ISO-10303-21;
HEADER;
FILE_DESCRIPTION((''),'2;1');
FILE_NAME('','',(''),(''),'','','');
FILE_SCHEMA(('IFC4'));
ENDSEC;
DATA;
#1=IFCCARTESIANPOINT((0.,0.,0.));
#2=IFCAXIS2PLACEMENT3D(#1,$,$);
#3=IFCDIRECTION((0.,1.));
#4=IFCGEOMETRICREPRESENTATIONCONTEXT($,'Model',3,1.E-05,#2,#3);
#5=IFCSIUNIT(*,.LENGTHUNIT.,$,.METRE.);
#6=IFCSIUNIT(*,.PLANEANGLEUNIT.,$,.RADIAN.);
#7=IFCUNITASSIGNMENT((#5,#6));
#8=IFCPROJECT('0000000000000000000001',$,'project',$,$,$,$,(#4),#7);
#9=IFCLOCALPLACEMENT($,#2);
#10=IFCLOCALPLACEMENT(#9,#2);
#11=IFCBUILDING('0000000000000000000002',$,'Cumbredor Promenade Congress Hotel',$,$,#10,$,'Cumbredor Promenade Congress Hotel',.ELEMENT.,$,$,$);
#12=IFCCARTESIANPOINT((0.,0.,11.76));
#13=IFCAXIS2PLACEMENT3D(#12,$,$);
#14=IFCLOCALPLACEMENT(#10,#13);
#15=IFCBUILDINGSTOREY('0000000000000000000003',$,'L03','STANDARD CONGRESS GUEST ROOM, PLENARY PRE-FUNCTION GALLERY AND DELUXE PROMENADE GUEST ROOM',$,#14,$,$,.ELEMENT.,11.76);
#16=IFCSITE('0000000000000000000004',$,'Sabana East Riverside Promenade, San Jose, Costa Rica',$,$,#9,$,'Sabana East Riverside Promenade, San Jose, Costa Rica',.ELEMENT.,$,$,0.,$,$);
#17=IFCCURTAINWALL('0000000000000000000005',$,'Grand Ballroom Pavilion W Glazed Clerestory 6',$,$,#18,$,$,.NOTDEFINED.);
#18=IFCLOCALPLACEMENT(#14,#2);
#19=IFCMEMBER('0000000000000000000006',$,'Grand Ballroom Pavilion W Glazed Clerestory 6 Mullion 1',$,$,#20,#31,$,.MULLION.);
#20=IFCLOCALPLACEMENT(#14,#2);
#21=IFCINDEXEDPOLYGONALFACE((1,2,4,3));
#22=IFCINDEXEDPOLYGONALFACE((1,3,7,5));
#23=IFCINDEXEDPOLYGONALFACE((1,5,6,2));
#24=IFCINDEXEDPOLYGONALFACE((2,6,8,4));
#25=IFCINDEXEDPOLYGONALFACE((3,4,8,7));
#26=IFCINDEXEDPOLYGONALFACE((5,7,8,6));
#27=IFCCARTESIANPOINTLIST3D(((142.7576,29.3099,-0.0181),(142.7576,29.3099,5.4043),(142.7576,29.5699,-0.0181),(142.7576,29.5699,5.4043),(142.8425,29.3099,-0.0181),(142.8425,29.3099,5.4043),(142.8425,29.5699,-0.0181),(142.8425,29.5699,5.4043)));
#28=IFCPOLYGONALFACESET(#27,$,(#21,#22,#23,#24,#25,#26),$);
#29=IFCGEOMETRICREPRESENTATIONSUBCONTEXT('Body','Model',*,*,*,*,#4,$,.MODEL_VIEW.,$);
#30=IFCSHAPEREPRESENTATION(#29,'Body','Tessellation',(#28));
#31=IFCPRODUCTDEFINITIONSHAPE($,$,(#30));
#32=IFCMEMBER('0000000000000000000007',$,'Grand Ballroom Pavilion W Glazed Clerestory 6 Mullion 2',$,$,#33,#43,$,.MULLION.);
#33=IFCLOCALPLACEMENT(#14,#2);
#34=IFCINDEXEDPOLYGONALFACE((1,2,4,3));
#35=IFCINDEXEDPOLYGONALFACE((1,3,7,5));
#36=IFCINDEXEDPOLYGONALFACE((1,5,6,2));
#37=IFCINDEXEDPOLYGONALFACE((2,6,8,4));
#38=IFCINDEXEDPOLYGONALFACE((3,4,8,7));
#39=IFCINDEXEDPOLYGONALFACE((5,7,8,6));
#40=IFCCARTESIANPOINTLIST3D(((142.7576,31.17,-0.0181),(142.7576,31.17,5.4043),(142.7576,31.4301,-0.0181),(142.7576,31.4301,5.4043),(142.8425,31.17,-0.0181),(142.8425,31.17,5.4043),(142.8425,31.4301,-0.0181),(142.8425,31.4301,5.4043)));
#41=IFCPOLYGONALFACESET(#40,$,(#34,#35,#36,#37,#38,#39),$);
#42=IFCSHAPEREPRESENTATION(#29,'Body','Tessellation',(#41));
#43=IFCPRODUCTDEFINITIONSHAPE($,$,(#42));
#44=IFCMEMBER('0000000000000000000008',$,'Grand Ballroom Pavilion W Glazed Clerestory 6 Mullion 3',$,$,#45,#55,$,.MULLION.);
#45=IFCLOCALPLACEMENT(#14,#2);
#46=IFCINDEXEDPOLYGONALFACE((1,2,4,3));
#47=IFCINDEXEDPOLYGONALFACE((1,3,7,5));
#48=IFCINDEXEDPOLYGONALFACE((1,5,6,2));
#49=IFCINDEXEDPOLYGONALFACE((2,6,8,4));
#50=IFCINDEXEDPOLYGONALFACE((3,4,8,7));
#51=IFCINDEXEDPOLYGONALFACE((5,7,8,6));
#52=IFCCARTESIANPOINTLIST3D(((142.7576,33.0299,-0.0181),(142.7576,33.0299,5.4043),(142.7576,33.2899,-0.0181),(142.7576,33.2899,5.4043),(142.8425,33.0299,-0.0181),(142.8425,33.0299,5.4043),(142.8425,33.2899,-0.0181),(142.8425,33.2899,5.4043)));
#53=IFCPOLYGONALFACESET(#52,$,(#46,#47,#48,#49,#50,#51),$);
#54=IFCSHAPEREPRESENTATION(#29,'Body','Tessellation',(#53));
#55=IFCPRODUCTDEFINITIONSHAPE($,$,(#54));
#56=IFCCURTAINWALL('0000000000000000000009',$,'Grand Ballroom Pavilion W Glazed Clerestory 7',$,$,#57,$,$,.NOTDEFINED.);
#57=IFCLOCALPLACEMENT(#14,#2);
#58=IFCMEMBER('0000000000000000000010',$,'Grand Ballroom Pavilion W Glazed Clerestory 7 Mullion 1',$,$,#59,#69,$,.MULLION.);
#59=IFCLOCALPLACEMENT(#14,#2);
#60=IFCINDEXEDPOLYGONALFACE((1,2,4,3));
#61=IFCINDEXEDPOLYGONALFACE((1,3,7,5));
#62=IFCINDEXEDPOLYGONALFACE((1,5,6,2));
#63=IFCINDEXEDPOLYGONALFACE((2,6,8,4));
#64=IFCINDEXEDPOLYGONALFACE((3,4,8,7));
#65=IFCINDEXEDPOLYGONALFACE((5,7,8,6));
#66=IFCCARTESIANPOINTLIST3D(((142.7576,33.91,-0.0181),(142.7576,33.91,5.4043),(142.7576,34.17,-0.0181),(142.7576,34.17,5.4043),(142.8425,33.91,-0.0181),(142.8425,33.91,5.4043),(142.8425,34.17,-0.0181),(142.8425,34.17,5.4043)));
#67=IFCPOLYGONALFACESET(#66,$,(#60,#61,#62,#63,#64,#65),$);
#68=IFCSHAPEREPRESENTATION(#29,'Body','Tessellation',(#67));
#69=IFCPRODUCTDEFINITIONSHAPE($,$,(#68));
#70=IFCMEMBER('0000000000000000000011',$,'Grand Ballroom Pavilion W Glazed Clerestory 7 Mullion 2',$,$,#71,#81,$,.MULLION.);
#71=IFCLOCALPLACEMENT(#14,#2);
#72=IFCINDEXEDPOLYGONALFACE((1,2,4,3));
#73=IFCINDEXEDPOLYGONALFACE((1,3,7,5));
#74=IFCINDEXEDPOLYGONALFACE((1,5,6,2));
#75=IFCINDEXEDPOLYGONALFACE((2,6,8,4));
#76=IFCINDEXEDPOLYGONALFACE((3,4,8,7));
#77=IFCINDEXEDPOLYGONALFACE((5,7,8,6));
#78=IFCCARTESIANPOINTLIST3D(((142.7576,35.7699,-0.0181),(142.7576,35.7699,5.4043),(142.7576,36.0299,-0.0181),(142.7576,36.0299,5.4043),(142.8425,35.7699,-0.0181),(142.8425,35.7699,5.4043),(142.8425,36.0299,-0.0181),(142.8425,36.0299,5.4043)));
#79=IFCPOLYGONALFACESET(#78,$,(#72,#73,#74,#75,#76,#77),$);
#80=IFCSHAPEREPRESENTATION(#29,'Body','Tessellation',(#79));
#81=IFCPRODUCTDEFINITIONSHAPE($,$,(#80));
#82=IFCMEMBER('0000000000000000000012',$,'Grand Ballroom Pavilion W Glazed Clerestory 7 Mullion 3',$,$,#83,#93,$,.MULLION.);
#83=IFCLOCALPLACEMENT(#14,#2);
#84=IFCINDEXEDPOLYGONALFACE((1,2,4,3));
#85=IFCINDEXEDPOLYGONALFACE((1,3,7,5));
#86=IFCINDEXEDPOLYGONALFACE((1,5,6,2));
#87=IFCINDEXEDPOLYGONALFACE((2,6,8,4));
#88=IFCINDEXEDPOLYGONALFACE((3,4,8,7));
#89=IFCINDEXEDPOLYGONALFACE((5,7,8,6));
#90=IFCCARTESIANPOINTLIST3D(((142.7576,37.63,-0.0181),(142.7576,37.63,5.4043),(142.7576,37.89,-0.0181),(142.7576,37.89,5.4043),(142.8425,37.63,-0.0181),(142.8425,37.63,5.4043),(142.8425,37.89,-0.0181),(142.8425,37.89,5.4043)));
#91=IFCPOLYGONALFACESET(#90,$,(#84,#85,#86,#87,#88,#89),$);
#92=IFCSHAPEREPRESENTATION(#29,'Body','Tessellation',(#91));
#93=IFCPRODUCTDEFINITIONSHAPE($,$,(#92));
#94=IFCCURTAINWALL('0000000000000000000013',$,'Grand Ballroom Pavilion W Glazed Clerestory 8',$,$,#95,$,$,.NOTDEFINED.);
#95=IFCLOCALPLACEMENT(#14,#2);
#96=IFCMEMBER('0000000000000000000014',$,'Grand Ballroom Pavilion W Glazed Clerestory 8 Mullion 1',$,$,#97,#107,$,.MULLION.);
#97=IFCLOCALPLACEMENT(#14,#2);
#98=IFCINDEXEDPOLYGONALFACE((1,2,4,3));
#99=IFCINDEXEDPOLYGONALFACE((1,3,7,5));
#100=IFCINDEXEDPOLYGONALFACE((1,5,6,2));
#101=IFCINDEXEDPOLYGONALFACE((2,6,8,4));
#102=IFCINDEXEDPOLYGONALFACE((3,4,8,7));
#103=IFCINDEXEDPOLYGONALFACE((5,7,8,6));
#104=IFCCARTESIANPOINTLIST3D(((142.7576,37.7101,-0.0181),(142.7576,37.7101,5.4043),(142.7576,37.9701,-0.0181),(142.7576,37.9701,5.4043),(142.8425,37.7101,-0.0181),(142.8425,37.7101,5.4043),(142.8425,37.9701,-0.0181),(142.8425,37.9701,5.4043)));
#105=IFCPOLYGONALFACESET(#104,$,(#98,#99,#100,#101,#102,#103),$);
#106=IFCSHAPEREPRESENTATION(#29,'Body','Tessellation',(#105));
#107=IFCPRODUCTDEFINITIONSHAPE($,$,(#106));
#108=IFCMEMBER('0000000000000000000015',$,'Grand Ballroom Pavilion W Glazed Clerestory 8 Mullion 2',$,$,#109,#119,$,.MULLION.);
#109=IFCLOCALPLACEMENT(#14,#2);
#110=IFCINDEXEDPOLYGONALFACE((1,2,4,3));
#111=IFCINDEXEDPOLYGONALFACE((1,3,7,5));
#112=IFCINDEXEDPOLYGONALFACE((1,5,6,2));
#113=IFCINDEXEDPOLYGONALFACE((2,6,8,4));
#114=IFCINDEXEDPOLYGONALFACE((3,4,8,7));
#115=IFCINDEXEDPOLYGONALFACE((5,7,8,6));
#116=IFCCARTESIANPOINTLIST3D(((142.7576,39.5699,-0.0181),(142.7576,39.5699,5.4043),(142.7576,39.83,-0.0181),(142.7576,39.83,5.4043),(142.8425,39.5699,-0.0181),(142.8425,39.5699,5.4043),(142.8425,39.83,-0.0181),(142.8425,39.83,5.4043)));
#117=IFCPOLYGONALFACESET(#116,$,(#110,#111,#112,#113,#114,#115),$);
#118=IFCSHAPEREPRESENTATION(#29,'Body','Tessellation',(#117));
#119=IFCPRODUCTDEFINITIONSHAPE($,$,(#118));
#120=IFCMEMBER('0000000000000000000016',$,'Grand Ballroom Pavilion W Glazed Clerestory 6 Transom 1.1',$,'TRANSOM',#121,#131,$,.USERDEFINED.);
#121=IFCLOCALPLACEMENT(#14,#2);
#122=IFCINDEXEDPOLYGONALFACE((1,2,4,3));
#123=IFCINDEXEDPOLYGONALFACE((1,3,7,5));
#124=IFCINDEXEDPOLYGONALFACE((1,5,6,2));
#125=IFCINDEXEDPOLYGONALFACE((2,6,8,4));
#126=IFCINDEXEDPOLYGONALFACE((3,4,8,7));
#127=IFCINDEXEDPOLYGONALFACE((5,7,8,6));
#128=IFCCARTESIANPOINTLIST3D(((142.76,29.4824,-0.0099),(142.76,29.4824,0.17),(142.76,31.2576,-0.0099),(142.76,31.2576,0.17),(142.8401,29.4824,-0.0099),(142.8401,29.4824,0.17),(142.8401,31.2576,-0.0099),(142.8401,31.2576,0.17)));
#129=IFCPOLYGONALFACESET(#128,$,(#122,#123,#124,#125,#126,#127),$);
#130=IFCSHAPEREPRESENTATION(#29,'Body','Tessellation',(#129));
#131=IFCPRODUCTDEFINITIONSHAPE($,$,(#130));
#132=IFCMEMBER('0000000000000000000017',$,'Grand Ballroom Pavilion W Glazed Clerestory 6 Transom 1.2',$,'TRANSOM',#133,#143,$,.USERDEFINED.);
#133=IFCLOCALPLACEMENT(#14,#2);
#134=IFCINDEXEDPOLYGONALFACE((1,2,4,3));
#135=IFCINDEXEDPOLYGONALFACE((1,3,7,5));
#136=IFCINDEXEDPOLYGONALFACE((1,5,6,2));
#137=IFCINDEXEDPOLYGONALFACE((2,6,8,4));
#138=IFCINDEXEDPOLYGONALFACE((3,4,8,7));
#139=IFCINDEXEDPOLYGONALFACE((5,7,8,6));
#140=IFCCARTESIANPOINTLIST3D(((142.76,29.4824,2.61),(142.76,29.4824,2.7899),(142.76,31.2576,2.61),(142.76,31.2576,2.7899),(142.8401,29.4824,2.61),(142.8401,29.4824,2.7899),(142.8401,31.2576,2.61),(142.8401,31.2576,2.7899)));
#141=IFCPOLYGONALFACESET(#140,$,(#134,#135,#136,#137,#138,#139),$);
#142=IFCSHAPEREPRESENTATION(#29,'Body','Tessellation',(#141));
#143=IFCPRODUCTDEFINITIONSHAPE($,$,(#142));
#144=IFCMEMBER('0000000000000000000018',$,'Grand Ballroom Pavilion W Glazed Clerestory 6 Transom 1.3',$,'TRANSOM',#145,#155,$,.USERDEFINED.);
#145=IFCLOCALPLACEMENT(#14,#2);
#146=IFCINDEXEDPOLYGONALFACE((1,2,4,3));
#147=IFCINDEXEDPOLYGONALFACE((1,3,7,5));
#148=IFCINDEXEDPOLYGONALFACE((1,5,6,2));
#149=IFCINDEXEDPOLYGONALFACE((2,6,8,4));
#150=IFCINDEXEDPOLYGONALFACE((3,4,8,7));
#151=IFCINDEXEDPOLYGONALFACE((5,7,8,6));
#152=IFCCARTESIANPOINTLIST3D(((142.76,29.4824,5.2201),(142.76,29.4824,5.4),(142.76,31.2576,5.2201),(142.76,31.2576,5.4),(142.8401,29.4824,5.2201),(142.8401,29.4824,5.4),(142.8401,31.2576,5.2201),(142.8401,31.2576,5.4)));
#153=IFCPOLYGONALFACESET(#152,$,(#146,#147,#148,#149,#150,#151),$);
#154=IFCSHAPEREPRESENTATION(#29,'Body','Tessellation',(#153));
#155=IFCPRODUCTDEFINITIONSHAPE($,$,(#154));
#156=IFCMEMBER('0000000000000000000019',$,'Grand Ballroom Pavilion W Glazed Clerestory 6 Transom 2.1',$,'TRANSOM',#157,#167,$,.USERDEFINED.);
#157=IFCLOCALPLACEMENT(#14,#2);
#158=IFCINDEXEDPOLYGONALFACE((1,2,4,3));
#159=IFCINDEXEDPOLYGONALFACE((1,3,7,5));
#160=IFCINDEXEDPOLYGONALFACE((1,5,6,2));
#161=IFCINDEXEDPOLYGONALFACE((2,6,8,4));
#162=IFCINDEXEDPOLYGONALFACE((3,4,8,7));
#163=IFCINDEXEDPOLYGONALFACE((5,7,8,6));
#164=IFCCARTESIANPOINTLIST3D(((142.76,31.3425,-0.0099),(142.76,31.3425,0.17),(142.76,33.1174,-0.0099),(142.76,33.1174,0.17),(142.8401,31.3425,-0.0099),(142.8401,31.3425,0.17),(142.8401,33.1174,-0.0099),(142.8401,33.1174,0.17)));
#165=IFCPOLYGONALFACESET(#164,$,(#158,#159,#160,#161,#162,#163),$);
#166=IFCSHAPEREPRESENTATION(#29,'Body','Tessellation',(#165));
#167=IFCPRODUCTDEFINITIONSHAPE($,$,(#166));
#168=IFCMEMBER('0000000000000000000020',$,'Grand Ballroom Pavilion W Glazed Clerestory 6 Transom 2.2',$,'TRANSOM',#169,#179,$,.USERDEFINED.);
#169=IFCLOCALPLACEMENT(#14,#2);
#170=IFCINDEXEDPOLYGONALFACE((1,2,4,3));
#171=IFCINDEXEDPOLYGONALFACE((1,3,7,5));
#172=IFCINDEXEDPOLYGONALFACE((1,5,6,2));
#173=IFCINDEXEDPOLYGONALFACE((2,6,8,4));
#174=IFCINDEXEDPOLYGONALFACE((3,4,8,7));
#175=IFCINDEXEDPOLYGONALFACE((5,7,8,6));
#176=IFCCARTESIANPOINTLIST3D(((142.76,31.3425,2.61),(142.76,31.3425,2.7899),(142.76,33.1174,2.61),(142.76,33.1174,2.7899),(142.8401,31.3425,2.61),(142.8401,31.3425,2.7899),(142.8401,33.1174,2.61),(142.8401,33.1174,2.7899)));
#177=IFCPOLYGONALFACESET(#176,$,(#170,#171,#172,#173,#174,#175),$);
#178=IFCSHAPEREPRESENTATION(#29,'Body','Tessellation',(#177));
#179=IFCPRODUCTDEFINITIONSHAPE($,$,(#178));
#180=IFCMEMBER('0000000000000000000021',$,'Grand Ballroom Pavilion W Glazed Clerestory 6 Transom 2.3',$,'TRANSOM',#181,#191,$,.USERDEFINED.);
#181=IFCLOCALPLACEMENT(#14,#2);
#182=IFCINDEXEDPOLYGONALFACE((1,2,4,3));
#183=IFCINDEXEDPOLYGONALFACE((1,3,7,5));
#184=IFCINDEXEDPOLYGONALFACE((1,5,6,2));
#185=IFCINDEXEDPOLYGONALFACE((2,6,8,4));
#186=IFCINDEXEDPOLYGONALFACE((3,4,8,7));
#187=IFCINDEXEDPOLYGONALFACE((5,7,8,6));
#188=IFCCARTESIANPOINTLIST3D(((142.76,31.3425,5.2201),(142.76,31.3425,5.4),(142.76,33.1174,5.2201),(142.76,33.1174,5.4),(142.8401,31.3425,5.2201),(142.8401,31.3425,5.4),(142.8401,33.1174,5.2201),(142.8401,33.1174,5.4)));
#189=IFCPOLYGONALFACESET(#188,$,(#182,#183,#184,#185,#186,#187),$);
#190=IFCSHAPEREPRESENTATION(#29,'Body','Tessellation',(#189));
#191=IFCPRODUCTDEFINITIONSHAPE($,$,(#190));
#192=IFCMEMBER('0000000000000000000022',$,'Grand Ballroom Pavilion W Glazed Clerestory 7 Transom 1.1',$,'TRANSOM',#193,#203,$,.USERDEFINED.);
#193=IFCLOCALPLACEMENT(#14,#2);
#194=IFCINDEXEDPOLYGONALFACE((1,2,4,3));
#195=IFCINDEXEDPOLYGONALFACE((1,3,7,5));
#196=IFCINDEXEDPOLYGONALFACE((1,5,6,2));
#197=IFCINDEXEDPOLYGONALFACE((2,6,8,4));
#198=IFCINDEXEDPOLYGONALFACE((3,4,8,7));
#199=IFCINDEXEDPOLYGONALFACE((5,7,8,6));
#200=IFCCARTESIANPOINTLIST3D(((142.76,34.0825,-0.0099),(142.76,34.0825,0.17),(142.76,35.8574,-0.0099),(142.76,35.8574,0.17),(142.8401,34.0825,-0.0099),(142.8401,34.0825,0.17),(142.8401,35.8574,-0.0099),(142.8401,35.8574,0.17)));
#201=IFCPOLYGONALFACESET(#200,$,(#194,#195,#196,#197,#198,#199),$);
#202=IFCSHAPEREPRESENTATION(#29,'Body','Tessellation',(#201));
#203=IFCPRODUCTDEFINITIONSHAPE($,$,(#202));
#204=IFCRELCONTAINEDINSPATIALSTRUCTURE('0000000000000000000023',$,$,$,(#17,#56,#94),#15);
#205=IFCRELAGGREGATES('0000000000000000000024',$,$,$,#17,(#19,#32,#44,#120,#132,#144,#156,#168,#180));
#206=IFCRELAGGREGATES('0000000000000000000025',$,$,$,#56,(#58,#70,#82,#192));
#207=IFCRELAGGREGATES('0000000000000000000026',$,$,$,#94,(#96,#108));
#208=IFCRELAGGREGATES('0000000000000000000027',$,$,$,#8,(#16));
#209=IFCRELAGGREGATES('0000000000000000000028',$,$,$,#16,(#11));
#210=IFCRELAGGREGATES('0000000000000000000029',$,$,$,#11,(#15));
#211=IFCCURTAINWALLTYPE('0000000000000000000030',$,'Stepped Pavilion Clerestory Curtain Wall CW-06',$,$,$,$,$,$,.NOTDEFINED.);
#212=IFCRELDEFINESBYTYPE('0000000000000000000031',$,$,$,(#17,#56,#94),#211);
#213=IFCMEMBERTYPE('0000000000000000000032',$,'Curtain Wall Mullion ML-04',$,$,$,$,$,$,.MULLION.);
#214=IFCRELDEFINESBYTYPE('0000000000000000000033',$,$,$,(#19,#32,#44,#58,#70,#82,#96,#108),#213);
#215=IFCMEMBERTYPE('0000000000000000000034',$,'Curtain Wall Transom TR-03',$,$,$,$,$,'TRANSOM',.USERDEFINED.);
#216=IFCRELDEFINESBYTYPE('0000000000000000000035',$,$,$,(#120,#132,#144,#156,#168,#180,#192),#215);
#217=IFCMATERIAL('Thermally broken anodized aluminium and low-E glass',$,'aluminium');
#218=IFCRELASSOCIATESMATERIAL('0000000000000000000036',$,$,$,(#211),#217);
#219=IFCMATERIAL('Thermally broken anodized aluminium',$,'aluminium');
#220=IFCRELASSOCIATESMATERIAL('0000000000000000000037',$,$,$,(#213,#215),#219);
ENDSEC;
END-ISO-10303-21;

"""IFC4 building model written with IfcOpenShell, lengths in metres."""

from ifc_helpers import new_model, si_unit, direction, frame, origin, origin_2d, place, context, subcontext, project, spatial, rectangle, extrude, material, material_profile, profile_set, type_object, element, aggregate, save


model = new_model("IFC4")

# Units and contexts
model_context = context("Model", 3, precision=1e-05, world=origin(), true_north=direction((0.0, 1.0)))
body_context = subcontext(model_context, "Body", "Model", "MODEL_VIEW")
ifc_project = project(units=[si_unit("LENGTHUNIT", "METRE"), si_unit("PLANEANGLEUNIT", "RADIAN")], contexts=[model_context])

# Site, building, storey
site_placement = place(None, origin())
site = spatial("IfcSite", under=ifc_project, at=site_placement, Name="Sabana East Riverside Promenade, San Jose, Costa Rica", LongName="Sabana East Riverside Promenade, San Jose, Costa Rica", CompositionType="ELEMENT", RefElevation=0.0)
building_placement = place(site_placement, origin())
building = spatial("IfcBuilding", under=site, at=building_placement, Name="Cumbredor Promenade Congress Hotel", LongName="Cumbredor Promenade Congress Hotel", CompositionType="ELEMENT")
storey_placement = place(building_placement, frame((0.0, 0.0, 11.76)))
storey = spatial("IfcBuildingStorey", under=building, at=storey_placement, Name="L03", Description="STANDARD CONGRESS GUEST ROOM, PLENARY PRE-FUNCTION GALLERY AND DELUXE PROMENADE GUEST ROOM", CompositionType="ELEMENT", Elevation=11.76)

# Curtain walls, members
ifc_material_1 = material(Name="Thermally broken anodized aluminium and low-E glass", Category="aluminium")
curtain_wall_type = type_object("IfcCurtainWallType", Name="Stepped Pavilion Clerestory Curtain Wall CW-06", PredefinedType="NOTDEFINED", material=ifc_material_1)
curtain_wall_1_placement = place(storey_placement, origin())
curtain_wall_1 = element("IfcCurtainWall", 1, at=curtain_wall_1_placement, inside=storey, type_object=curtain_wall_type, Name="Grand Ballroom Pavilion W Glazed Clerestory 6", PredefinedType="NOTDEFINED")
ifc_material_2 = material(Name="Thermally broken anodized aluminium", Category="aluminium")
ifc_material_profile_1 = material_profile(ifc_material_2, rectangle(XDim=0.085, YDim=0.26, at=origin_2d()), Name="ALU MULLION CLERESTORY 85x260")
ifc_profile_set_1 = profile_set([ifc_material_profile_1], Name="Thermally broken anodized aluminium")
member_type_1 = type_object("IfcMemberType", Name="Curtain Wall Mullion ML-04", PredefinedType="MULLION", material=ifc_profile_set_1)
member_1_placement = place(storey_placement, frame((142.8, 29.4399, -0.0181), z_axis=(0.0, 0.0, 1.0), x_axis=(1.0, 0.0, 0.0)))
member_1 = element("IfcMember", 2, at=member_1_placement, type_object=member_type_1, Name="Grand Ballroom Pavilion W Glazed Clerestory 6 Mullion 1", PredefinedType="MULLION", context=body_context, shape_type="SweptSolid", body=[
    extrude(rectangle(XDim=0.085, YDim=0.26, at=origin_2d()), origin(), (0.0, 0.0, 1.0), 5.4224),
])
member_2_placement = place(storey_placement, frame((142.8, 31.3, -0.0181), z_axis=(0.0, 0.0, 1.0), x_axis=(1.0, 0.0, 0.0)))
member_2 = element("IfcMember", 3, at=member_2_placement, type_object=member_type_1, Name="Grand Ballroom Pavilion W Glazed Clerestory 6 Mullion 2", PredefinedType="MULLION", context=body_context, shape_type="SweptSolid", body=[
    extrude(rectangle(XDim=0.085, YDim=0.26, at=origin_2d()), origin(), (0.0, 0.0, 1.0), 5.4224),
])
member_3_placement = place(storey_placement, frame((142.8, 33.1599, -0.0181), z_axis=(0.0, 0.0, 1.0), x_axis=(1.0, 0.0, 0.0)))
member_3 = element("IfcMember", 4, at=member_3_placement, type_object=member_type_1, Name="Grand Ballroom Pavilion W Glazed Clerestory 6 Mullion 3", PredefinedType="MULLION", context=body_context, shape_type="SweptSolid", body=[
    extrude(rectangle(XDim=0.085, YDim=0.26, at=origin_2d()), origin(), (0.0, 0.0, 1.0), 5.4224),
])
curtain_wall_2_placement = place(storey_placement, origin())
curtain_wall_2 = element("IfcCurtainWall", 5, at=curtain_wall_2_placement, inside=storey, type_object=curtain_wall_type, Name="Grand Ballroom Pavilion W Glazed Clerestory 7", PredefinedType="NOTDEFINED")
member_4_placement = place(storey_placement, frame((142.8, 34.04, -0.0181), z_axis=(0.0, 0.0, 1.0), x_axis=(1.0, 0.0, 0.0)))
member_4 = element("IfcMember", 6, at=member_4_placement, type_object=member_type_1, Name="Grand Ballroom Pavilion W Glazed Clerestory 7 Mullion 1", PredefinedType="MULLION", context=body_context, shape_type="SweptSolid", body=[
    extrude(rectangle(XDim=0.085, YDim=0.26, at=origin_2d()), origin(), (0.0, 0.0, 1.0), 5.4224),
])
member_5_placement = place(storey_placement, frame((142.8, 35.8999, -0.0181), z_axis=(0.0, 0.0, 1.0), x_axis=(1.0, 0.0, 0.0)))
member_5 = element("IfcMember", 7, at=member_5_placement, type_object=member_type_1, Name="Grand Ballroom Pavilion W Glazed Clerestory 7 Mullion 2", PredefinedType="MULLION", context=body_context, shape_type="SweptSolid", body=[
    extrude(rectangle(XDim=0.085, YDim=0.26, at=origin_2d()), origin(), (0.0, 0.0, 1.0), 5.4224),
])
member_6_placement = place(storey_placement, frame((142.8, 37.76, -0.0181), z_axis=(0.0, 0.0, 1.0), x_axis=(1.0, 0.0, 0.0)))
member_6 = element("IfcMember", 8, at=member_6_placement, type_object=member_type_1, Name="Grand Ballroom Pavilion W Glazed Clerestory 7 Mullion 3", PredefinedType="MULLION", context=body_context, shape_type="SweptSolid", body=[
    extrude(rectangle(XDim=0.085, YDim=0.26, at=origin_2d()), origin(), (0.0, 0.0, 1.0), 5.4224),
])
curtain_wall_3_placement = place(storey_placement, origin())
curtain_wall_3 = element("IfcCurtainWall", 9, at=curtain_wall_3_placement, inside=storey, type_object=curtain_wall_type, Name="Grand Ballroom Pavilion W Glazed Clerestory 8", PredefinedType="NOTDEFINED")
member_7_placement = place(storey_placement, frame((142.8, 37.8401, -0.0181), z_axis=(0.0, 0.0, 1.0), x_axis=(1.0, 0.0, 0.0)))
member_7 = element("IfcMember", 10, at=member_7_placement, type_object=member_type_1, Name="Grand Ballroom Pavilion W Glazed Clerestory 8 Mullion 1", PredefinedType="MULLION", context=body_context, shape_type="SweptSolid", body=[
    extrude(rectangle(XDim=0.085, YDim=0.26, at=origin_2d()), origin(), (0.0, 0.0, 1.0), 5.4224),
])
member_8_placement = place(storey_placement, frame((142.8, 39.7, -0.0181), z_axis=(0.0, 0.0, 1.0), x_axis=(1.0, 0.0, 0.0)))
member_8 = element("IfcMember", 11, at=member_8_placement, type_object=member_type_1, Name="Grand Ballroom Pavilion W Glazed Clerestory 8 Mullion 2", PredefinedType="MULLION", context=body_context, shape_type="SweptSolid", body=[
    extrude(rectangle(XDim=0.085, YDim=0.26, at=origin_2d()), origin(), (0.0, 0.0, 1.0), 5.4224),
])

# Members
ifc_material_profile_2 = material_profile(ifc_material_2, rectangle(XDim=0.0801, YDim=0.1799, at=origin_2d()), Name="ALU TRANSOM 80x180")
ifc_profile_set_2 = profile_set([ifc_material_profile_2], Name="Thermally broken anodized aluminium")
member_type_2 = type_object("IfcMemberType", Name="Curtain Wall Transom TR-03", ElementType="TRANSOM", PredefinedType="USERDEFINED", material=ifc_profile_set_2)
member_9_placement = place(storey_placement, frame((142.8, 29.4824, 0.0801), z_axis=(0.0, 1.0, 0.0), x_axis=(-1.0, 0.0, 0.0)))
member_9 = element("IfcMember", 12, at=member_9_placement, type_object=member_type_2, Name="Grand Ballroom Pavilion W Glazed Clerestory 6 Transom 1.1", ObjectType="TRANSOM", PredefinedType="USERDEFINED", context=body_context, shape_type="SweptSolid", body=[
    extrude(rectangle(XDim=0.0801, YDim=0.1799, at=origin_2d()), origin(), (0.0, 0.0, 1.0), 1.7751),
])
member_10_placement = place(storey_placement, frame((142.8, 29.4824, 2.7), z_axis=(0.0, 1.0, 0.0), x_axis=(-1.0, 0.0, 0.0)))
member_10 = element("IfcMember", 13, at=member_10_placement, type_object=member_type_2, Name="Grand Ballroom Pavilion W Glazed Clerestory 6 Transom 1.2", ObjectType="TRANSOM", PredefinedType="USERDEFINED", context=body_context, shape_type="SweptSolid", body=[
    extrude(rectangle(XDim=0.0801, YDim=0.1799, at=origin_2d()), origin(), (0.0, 0.0, 1.0), 1.7751),
])
member_11_placement = place(storey_placement, frame((142.8, 29.4824, 5.3101), z_axis=(0.0, 1.0, 0.0), x_axis=(-1.0, 0.0, 0.0)))
member_11 = element("IfcMember", 14, at=member_11_placement, type_object=member_type_2, Name="Grand Ballroom Pavilion W Glazed Clerestory 6 Transom 1.3", ObjectType="TRANSOM", PredefinedType="USERDEFINED", context=body_context, shape_type="SweptSolid", body=[
    extrude(rectangle(XDim=0.0801, YDim=0.1799, at=origin_2d()), origin(), (0.0, 0.0, 1.0), 1.7751),
])
member_12_placement = place(storey_placement, frame((142.8, 31.3425, 0.0801), z_axis=(0.0, 1.0, 0.0), x_axis=(-1.0, 0.0, 0.0)))
member_12 = element("IfcMember", 15, at=member_12_placement, type_object=member_type_2, Name="Grand Ballroom Pavilion W Glazed Clerestory 6 Transom 2.1", ObjectType="TRANSOM", PredefinedType="USERDEFINED", context=body_context, shape_type="SweptSolid", body=[
    extrude(rectangle(XDim=0.0801, YDim=0.1799, at=origin_2d()), origin(), (0.0, 0.0, 1.0), 1.7749),
])
member_13_placement = place(storey_placement, frame((142.8, 31.3425, 2.7), z_axis=(0.0, 1.0, 0.0), x_axis=(-1.0, 0.0, 0.0)))
member_13 = element("IfcMember", 16, at=member_13_placement, type_object=member_type_2, Name="Grand Ballroom Pavilion W Glazed Clerestory 6 Transom 2.2", ObjectType="TRANSOM", PredefinedType="USERDEFINED", context=body_context, shape_type="SweptSolid", body=[
    extrude(rectangle(XDim=0.0801, YDim=0.1799, at=origin_2d()), origin(), (0.0, 0.0, 1.0), 1.7749),
])
member_14_placement = place(storey_placement, frame((142.8, 31.3425, 5.3101), z_axis=(0.0, 1.0, 0.0), x_axis=(-1.0, 0.0, 0.0)))
member_14 = element("IfcMember", 17, at=member_14_placement, type_object=member_type_2, Name="Grand Ballroom Pavilion W Glazed Clerestory 6 Transom 2.3", ObjectType="TRANSOM", PredefinedType="USERDEFINED", context=body_context, shape_type="SweptSolid", body=[
    extrude(rectangle(XDim=0.0801, YDim=0.1799, at=origin_2d()), origin(), (0.0, 0.0, 1.0), 1.7749),
])
member_15_placement = place(storey_placement, frame((142.8, 34.0825, 0.0801), z_axis=(0.0, 1.0, 0.0), x_axis=(-1.0, 0.0, 0.0)))
member_15 = element("IfcMember", 18, at=member_15_placement, type_object=member_type_2, Name="Grand Ballroom Pavilion W Glazed Clerestory 7 Transom 1.1", ObjectType="TRANSOM", PredefinedType="USERDEFINED", context=body_context, shape_type="SweptSolid", body=[
    extrude(rectangle(XDim=0.0801, YDim=0.1799, at=origin_2d()), origin(), (0.0, 0.0, 1.0), 1.7749),
])

aggregate(curtain_wall_1, [member_1, member_2, member_3, member_9, member_10, member_11, member_12, member_13, member_14])
aggregate(curtain_wall_2, [member_4, member_5, member_6, member_15])
aggregate(curtain_wall_3, [member_7, member_8])

save(model, "model.ifc")
